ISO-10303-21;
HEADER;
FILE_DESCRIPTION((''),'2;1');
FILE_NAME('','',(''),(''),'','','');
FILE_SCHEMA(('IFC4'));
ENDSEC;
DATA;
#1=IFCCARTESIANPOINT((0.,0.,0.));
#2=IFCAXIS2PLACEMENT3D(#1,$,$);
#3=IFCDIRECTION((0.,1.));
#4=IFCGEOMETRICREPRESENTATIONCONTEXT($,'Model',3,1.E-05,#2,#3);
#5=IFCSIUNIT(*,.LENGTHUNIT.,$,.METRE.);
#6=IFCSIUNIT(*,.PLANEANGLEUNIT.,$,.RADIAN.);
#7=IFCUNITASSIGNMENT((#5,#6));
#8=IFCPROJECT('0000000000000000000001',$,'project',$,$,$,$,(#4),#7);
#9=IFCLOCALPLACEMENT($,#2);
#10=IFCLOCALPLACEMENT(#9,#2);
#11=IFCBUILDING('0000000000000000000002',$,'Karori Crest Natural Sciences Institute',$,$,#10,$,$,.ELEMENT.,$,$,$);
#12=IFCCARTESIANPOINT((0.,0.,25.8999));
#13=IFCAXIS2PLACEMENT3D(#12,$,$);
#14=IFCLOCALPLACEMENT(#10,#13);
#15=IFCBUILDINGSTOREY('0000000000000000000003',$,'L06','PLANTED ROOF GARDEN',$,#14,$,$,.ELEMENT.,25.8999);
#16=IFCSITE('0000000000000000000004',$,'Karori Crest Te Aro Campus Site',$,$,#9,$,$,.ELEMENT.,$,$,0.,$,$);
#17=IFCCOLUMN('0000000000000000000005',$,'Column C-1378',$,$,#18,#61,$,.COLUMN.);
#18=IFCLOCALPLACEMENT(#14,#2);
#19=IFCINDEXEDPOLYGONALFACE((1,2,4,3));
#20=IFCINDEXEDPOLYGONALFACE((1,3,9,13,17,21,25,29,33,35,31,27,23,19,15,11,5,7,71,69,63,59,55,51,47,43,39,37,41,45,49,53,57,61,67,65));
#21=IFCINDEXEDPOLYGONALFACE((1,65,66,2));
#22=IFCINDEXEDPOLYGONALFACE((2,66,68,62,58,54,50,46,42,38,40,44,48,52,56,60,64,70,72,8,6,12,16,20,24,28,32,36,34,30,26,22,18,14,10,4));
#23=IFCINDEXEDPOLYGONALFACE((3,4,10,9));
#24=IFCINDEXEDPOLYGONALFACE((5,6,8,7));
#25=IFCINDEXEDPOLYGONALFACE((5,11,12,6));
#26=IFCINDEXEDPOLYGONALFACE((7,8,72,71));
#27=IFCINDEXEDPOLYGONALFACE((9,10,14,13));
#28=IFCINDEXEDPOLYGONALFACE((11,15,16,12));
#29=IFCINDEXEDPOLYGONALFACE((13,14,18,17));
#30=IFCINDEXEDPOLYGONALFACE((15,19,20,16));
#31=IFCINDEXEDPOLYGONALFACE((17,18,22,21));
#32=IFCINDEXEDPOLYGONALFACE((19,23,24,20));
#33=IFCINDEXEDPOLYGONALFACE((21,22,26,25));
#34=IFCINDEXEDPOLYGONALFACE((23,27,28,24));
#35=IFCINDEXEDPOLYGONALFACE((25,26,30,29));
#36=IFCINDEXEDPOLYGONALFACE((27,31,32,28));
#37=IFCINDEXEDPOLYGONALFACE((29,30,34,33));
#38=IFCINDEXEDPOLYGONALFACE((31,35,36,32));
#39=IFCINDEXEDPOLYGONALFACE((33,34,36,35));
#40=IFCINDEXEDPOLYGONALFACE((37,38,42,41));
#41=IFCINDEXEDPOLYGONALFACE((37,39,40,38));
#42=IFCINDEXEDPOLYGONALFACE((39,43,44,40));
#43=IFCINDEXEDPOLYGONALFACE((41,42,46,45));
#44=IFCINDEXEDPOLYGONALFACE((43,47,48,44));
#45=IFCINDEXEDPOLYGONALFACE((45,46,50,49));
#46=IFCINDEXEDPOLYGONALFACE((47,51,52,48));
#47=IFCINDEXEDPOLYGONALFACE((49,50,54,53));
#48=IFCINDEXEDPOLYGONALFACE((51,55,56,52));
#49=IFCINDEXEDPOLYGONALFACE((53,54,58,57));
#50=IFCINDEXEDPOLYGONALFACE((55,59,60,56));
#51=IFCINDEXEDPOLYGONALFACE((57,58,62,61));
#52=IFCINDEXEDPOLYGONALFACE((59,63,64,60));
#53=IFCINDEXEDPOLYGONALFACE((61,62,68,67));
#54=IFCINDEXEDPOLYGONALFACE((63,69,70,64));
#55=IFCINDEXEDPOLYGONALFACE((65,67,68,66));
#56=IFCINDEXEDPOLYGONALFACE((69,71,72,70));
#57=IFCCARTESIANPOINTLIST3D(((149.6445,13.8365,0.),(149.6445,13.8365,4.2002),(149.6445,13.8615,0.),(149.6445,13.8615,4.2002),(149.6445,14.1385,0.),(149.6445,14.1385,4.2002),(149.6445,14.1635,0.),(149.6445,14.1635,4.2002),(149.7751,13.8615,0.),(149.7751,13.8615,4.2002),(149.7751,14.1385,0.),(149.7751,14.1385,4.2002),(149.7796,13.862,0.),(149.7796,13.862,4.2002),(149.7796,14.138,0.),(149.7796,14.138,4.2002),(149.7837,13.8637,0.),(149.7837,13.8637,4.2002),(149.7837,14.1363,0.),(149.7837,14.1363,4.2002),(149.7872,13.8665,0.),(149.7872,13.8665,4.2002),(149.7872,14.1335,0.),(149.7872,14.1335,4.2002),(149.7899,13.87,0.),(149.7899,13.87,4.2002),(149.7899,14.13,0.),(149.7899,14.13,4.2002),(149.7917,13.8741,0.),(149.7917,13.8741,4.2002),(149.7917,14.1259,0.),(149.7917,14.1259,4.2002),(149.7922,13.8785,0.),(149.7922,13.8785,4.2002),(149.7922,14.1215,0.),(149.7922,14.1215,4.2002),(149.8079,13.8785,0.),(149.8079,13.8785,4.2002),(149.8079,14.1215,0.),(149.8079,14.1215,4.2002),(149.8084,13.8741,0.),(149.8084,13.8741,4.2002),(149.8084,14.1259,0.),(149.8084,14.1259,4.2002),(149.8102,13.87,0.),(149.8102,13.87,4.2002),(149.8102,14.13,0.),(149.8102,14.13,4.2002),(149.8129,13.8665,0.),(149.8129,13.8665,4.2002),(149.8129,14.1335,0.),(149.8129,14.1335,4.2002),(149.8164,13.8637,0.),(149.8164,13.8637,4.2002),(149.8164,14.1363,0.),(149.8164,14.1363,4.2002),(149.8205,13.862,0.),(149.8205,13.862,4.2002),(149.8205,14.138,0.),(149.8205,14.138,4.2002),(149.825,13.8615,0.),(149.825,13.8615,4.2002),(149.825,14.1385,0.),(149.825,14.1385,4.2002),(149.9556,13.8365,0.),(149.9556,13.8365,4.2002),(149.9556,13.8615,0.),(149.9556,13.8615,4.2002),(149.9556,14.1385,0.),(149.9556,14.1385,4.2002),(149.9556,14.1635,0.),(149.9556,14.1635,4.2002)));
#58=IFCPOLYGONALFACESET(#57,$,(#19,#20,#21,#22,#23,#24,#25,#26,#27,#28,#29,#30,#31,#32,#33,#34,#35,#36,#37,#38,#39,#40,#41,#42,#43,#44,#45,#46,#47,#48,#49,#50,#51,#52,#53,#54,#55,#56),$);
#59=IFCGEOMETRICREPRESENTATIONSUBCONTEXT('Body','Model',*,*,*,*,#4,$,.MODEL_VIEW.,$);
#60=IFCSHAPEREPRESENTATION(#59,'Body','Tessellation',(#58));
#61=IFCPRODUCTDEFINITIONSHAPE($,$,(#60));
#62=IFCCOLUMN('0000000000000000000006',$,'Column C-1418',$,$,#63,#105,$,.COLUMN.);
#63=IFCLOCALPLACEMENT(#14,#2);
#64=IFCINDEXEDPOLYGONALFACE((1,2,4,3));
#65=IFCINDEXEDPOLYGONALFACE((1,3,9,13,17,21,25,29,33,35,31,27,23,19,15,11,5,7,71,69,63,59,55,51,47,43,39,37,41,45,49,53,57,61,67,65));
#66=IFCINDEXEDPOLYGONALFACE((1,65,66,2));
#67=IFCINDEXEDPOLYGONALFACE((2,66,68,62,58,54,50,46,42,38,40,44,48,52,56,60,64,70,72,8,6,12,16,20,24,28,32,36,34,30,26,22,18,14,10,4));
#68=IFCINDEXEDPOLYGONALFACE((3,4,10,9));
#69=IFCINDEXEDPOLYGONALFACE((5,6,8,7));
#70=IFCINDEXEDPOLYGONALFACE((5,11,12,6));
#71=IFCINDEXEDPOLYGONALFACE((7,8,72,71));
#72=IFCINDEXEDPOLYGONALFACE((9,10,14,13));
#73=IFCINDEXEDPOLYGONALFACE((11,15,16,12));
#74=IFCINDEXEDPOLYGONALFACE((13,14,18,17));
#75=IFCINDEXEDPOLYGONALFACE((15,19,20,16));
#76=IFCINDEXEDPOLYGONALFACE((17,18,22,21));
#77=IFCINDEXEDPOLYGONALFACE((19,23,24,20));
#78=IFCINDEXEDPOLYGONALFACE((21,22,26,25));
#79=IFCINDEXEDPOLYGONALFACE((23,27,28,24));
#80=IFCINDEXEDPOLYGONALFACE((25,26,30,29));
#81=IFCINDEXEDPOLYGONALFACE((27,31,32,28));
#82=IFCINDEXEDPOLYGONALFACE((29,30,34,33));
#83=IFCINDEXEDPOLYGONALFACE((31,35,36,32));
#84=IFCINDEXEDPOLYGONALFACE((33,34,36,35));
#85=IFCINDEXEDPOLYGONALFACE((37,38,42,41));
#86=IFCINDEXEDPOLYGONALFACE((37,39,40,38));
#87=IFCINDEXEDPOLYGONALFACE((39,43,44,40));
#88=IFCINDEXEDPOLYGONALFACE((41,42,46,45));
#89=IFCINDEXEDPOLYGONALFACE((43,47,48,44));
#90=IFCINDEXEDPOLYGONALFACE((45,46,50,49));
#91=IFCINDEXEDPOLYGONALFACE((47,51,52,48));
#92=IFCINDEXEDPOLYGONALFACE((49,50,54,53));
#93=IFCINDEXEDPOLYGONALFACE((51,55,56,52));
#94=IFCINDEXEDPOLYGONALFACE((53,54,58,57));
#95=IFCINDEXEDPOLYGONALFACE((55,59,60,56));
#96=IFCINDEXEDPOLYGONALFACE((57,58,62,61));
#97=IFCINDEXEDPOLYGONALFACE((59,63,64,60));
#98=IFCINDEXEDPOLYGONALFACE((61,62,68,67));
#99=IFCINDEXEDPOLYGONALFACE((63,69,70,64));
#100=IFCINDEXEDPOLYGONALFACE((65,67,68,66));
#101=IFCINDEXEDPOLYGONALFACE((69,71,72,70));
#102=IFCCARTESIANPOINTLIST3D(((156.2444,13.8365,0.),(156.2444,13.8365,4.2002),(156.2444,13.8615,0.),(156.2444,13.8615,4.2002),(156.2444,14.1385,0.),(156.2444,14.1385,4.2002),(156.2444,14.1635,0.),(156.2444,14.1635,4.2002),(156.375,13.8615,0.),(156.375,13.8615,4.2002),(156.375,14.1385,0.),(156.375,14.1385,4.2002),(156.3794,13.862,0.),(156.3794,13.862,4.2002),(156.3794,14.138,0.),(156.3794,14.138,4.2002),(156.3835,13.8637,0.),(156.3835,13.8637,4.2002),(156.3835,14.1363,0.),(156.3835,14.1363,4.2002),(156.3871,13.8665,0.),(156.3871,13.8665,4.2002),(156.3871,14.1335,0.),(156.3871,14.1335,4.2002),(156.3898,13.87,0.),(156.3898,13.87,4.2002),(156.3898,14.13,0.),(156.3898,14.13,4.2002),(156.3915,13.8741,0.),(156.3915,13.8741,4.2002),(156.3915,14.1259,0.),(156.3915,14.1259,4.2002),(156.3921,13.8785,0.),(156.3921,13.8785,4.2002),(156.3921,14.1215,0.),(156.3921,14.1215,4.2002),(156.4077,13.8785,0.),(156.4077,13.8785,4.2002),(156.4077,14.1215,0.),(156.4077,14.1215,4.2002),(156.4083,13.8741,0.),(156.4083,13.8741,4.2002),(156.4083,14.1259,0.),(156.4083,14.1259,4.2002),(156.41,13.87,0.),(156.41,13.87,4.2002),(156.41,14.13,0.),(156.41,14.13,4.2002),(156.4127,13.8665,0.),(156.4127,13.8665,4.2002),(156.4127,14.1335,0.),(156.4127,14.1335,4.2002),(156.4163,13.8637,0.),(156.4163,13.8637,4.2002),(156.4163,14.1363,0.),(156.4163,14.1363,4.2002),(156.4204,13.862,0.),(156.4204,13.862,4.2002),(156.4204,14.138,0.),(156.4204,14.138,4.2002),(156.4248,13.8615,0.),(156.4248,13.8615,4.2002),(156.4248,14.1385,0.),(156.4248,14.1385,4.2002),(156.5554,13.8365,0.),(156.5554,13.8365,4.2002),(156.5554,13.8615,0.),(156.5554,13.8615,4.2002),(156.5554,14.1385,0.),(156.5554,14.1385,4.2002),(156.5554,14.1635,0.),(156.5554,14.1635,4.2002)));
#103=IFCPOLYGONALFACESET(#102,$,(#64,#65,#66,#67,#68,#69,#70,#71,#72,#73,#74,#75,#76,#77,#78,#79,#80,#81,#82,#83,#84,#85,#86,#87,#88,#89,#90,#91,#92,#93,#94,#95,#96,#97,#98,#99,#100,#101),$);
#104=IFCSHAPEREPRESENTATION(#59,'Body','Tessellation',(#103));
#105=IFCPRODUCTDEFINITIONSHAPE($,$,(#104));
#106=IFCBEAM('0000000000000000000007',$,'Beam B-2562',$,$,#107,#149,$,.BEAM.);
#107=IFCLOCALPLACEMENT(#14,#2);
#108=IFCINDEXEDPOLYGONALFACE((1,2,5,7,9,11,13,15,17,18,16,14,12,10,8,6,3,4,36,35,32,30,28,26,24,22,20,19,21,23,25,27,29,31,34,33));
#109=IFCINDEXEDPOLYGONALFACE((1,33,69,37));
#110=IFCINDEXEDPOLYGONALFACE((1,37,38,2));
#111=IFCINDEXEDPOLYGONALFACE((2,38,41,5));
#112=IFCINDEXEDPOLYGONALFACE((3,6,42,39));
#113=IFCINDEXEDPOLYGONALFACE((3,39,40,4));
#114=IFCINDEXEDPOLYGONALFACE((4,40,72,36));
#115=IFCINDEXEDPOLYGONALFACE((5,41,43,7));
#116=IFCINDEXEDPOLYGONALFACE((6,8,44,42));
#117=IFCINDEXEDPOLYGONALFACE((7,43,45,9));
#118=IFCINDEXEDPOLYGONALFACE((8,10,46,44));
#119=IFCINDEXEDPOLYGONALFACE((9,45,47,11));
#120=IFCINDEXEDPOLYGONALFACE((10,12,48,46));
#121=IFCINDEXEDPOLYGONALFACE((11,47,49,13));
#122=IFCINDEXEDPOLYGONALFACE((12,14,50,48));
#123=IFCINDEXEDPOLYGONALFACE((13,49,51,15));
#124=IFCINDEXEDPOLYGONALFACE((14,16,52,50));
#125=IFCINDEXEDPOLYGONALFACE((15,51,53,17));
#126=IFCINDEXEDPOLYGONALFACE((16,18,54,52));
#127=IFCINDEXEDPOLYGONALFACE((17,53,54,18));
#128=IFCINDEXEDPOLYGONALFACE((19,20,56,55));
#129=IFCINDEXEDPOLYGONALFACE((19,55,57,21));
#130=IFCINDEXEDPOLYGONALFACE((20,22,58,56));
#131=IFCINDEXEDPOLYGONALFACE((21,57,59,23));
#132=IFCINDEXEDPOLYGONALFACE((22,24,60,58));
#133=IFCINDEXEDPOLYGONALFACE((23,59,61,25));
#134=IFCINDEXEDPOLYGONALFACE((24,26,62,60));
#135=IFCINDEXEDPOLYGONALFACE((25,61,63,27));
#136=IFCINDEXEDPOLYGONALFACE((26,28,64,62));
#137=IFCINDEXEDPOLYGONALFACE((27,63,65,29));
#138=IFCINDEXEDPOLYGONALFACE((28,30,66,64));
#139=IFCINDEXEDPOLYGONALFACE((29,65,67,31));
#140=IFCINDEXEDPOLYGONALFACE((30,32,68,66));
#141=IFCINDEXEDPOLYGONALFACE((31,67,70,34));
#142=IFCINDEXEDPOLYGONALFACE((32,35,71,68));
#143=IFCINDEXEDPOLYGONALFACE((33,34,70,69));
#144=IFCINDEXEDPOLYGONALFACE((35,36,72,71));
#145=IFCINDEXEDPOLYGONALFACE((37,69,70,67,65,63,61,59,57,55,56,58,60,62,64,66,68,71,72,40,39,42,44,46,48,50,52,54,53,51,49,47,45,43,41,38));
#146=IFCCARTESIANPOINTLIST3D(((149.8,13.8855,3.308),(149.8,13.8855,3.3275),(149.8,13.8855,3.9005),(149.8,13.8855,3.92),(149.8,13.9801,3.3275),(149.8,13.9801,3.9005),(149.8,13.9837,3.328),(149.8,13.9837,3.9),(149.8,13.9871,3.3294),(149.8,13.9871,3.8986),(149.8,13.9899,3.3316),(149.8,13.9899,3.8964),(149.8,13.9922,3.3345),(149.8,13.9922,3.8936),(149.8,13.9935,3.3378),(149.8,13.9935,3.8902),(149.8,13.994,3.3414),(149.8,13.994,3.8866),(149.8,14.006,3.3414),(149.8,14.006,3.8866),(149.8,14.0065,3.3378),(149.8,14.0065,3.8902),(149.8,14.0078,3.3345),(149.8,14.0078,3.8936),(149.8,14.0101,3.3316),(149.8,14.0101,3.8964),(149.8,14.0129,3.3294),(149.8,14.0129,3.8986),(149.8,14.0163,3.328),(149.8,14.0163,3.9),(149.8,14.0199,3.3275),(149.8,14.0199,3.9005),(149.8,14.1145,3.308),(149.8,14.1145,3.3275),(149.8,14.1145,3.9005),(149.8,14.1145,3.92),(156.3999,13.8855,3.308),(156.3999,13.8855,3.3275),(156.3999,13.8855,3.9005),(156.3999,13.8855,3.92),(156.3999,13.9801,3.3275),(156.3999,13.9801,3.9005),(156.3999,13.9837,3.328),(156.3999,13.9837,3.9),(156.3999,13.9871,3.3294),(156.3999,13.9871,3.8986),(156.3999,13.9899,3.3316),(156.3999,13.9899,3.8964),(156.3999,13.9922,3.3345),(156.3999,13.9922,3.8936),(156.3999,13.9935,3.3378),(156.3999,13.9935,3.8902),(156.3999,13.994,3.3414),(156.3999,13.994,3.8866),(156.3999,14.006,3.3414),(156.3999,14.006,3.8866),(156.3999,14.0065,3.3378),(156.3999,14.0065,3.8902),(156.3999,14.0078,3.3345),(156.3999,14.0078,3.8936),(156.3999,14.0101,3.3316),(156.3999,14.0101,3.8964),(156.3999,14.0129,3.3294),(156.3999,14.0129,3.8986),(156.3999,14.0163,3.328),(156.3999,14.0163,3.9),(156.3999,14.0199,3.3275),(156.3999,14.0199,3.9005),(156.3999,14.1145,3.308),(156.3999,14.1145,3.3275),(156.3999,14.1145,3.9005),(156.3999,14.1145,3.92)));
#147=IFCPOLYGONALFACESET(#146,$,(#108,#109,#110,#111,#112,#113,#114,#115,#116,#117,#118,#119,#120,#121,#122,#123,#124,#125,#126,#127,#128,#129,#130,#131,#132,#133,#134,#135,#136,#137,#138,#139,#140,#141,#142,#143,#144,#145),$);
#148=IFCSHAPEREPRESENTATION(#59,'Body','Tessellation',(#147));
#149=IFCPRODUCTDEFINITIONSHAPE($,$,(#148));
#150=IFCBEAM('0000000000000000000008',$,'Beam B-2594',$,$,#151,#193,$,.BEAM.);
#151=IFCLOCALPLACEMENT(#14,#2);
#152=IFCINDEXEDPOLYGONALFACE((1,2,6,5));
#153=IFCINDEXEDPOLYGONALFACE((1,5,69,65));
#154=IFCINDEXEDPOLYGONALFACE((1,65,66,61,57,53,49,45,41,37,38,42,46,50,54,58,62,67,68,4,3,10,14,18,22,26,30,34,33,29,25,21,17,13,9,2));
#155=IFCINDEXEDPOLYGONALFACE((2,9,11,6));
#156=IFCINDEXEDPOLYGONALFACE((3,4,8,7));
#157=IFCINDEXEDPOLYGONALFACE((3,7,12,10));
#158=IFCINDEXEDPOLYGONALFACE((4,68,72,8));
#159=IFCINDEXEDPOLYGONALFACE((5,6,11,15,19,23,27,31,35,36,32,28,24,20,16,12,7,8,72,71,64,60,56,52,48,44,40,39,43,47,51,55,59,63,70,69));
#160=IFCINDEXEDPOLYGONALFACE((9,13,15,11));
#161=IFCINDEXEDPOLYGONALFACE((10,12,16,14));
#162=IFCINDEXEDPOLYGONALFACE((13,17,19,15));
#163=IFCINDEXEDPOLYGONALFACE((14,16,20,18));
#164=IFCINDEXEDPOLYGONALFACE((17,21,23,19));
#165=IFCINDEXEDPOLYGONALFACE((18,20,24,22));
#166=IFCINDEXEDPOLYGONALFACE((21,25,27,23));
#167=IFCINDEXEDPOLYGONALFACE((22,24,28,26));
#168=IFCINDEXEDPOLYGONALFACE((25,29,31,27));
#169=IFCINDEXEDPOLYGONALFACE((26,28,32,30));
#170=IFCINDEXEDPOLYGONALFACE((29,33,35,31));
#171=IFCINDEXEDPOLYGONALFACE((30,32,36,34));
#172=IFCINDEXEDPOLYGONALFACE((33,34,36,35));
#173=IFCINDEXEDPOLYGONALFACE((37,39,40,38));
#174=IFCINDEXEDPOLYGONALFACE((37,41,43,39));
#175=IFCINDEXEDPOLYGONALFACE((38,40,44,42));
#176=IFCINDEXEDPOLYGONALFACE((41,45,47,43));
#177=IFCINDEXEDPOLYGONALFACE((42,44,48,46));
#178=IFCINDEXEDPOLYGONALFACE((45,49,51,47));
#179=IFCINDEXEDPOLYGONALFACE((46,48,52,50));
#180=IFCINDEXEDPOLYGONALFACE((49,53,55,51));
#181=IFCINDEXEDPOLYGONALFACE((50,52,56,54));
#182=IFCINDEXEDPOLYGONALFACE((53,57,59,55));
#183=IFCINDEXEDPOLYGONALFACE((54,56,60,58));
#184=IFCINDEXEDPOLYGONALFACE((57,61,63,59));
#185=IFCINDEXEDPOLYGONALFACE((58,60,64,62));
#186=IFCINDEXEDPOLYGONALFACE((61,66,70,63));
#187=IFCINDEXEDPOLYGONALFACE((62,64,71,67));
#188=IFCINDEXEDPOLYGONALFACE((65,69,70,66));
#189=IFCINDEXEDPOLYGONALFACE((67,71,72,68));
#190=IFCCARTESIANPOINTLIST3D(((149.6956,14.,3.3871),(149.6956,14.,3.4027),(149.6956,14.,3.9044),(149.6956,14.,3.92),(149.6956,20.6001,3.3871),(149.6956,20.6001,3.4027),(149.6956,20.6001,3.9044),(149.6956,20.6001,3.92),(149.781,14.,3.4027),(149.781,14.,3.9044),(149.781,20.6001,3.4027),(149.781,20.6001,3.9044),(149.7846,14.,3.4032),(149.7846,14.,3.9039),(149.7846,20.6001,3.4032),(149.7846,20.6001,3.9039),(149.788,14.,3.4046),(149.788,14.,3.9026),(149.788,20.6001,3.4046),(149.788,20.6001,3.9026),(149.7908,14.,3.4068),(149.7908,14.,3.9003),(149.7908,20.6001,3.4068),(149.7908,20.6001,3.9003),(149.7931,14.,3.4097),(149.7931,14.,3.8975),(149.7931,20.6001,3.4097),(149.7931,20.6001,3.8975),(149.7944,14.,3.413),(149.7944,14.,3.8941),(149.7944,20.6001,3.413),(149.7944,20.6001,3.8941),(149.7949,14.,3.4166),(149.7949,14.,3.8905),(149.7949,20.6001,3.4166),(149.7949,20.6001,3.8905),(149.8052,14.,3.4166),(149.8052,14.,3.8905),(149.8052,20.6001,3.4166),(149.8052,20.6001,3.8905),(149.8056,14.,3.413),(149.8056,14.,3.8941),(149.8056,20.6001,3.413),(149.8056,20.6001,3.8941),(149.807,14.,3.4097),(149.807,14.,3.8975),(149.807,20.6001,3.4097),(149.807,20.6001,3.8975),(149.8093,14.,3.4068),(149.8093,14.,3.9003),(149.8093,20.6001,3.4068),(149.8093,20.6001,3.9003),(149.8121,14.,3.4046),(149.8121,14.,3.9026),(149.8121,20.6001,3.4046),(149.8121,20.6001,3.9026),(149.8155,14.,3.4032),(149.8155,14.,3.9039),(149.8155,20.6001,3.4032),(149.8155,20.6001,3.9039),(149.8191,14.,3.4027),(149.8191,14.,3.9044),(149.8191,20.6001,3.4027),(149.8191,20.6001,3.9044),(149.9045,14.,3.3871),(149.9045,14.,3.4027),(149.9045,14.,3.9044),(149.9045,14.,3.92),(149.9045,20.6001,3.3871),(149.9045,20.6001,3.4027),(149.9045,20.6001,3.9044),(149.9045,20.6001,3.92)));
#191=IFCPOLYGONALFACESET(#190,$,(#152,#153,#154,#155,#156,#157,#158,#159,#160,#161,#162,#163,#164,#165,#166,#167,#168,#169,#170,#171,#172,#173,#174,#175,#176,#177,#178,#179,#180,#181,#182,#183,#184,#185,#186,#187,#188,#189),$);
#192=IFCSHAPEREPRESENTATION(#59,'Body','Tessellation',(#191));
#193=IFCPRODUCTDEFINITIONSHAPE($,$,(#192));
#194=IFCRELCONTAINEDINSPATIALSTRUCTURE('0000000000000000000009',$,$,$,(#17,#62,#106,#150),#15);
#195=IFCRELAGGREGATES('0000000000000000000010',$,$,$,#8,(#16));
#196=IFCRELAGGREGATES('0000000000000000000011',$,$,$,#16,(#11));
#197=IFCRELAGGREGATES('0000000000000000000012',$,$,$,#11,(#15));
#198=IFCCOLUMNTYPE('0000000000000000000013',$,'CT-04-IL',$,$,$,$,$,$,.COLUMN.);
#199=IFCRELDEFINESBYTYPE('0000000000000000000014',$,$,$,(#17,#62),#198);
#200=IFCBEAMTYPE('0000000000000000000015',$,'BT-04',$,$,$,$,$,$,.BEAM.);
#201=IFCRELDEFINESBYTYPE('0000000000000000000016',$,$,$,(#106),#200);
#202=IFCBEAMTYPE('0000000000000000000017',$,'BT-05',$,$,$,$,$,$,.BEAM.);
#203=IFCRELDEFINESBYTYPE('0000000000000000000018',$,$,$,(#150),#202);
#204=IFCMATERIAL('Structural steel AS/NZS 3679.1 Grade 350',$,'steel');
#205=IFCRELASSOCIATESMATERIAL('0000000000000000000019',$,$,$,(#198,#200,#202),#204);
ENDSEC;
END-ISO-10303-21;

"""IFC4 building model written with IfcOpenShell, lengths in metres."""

from ifc_helpers import new_model, si_unit, direction, frame, origin, origin_2d, place, context, subcontext, project, spatial, i_section, extrude, material, material_profile, profile_set, type_object, element, save


model = new_model("IFC4")

# Units and contexts
model_context = context("Model", 3, precision=1e-05, world=origin(), true_north=direction((0.0, 1.0)))
body_context = subcontext(model_context, "Body", "Model", "MODEL_VIEW")
ifc_project = project(units=[si_unit("LENGTHUNIT", "METRE"), si_unit("PLANEANGLEUNIT", "RADIAN")], contexts=[model_context])

# Site, building, storey
site_placement = place(None, origin())
site = spatial("IfcSite", under=ifc_project, at=site_placement, Name="Karori Crest Te Aro Campus Site", CompositionType="ELEMENT", RefElevation=0.0)
building_placement = place(site_placement, origin())
building = spatial("IfcBuilding", under=site, at=building_placement, Name="Karori Crest Natural Sciences Institute", CompositionType="ELEMENT")
storey_placement = place(building_placement, frame((0.0, 0.0, 25.8999)))
storey = spatial("IfcBuildingStorey", under=building, at=storey_placement, Name="L06", Description="PLANTED ROOF GARDEN", CompositionType="ELEMENT", Elevation=25.8999)

# Columns
ifc_material_1 = material(Name="Structural steel AS/NZS 3679.1 Grade 350", Category="steel")
ifc_material_profile_1 = material_profile(ifc_material_1, i_section(OverallWidth=0.311, OverallDepth=0.3269, WebThickness=0.0156, FlangeThickness=0.0249, FilletRadius=0.0171, at=origin_2d()), Name="310UC158")
ifc_profile_set_1 = profile_set([ifc_material_profile_1], Name="Structural steel AS/NZS 3679.1 Grade 350")
column_type = type_object("IfcColumnType", Name="CT-04-IL", PredefinedType="COLUMN", material=ifc_profile_set_1)
for number, where, z_axis, x_axis, name in (
    (1, (149.8, 14.0, 0.0), (0.0, 0.0, 1.0), (1.0, 0.0, 0.0), "Column C-1378"),
    (2, (156.3999, 14.0, 0.0), (0.0, 0.0, 1.0), (1.0, 0.0, 0.0), "Column C-1418"),
):
    element("IfcColumn", number, at=place(storey_placement, frame(where, z_axis=z_axis, x_axis=x_axis)), inside=storey, type_object=column_type, Name=name, PredefinedType="COLUMN", context=body_context, shape_type="SweptSolid", body=[
        extrude(i_section(OverallWidth=0.311, OverallDepth=0.3269, WebThickness=0.0156, FlangeThickness=0.0249, FilletRadius=0.0171, at=origin_2d()), origin(), (0.0, 0.0, 1.0), 4.2002),
    ])

# Beams
ifc_material_profile_2 = material_profile(ifc_material_1, i_section(OverallWidth=0.229, OverallDepth=0.6121, WebThickness=0.012, FlangeThickness=0.0195, FilletRadius=0.0139, at=origin_2d()), Name="610UB125")
ifc_profile_set_2 = profile_set([ifc_material_profile_2], Name="Structural steel AS/NZS 3679.1 Grade 350")
beam_type_1 = type_object("IfcBeamType", Name="BT-04", PredefinedType="BEAM", material=ifc_profile_set_2)
beam_1_placement = place(storey_placement, frame((149.8, 14.0, 3.614), z_axis=(1.0, 0.0, 0.0), x_axis=(0.0, 1.0, 0.0)))
element("IfcBeam", 3, at=beam_1_placement, inside=storey, type_object=beam_type_1, Name="Beam B-2562", PredefinedType="BEAM", context=body_context, shape_type="SweptSolid", body=[
    extrude(i_section(OverallWidth=0.229, OverallDepth=0.6121, WebThickness=0.012, FlangeThickness=0.0195, FilletRadius=0.0139, at=origin_2d()), origin(), (0.0, 0.0, 1.0), 6.5999),
])
ifc_material_profile_3 = material_profile(ifc_material_1, i_section(OverallWidth=0.209, OverallDepth=0.533, WebThickness=0.0103, FlangeThickness=0.0156, FilletRadius=0.0139, at=origin_2d()), Name="530UB92.4")
ifc_profile_set_3 = profile_set([ifc_material_profile_3], Name="Structural steel AS/NZS 3679.1 Grade 350")
beam_type_2 = type_object("IfcBeamType", Name="BT-05", PredefinedType="BEAM", material=ifc_profile_set_3)
beam_2_placement = place(storey_placement, frame((149.8, 14.0, 3.6536), z_axis=(0.0, 1.0, 0.0), x_axis=(-1.0, 0.0, 0.0)))
element("IfcBeam", 4, at=beam_2_placement, inside=storey, type_object=beam_type_2, Name="Beam B-2594", PredefinedType="BEAM", context=body_context, shape_type="SweptSolid", body=[
    extrude(i_section(OverallWidth=0.209, OverallDepth=0.533, WebThickness=0.0103, FlangeThickness=0.0156, FilletRadius=0.0139, at=origin_2d()), origin(), (0.0, 0.0, 1.0), 6.6001),
])

save(model, "model.ifc")
